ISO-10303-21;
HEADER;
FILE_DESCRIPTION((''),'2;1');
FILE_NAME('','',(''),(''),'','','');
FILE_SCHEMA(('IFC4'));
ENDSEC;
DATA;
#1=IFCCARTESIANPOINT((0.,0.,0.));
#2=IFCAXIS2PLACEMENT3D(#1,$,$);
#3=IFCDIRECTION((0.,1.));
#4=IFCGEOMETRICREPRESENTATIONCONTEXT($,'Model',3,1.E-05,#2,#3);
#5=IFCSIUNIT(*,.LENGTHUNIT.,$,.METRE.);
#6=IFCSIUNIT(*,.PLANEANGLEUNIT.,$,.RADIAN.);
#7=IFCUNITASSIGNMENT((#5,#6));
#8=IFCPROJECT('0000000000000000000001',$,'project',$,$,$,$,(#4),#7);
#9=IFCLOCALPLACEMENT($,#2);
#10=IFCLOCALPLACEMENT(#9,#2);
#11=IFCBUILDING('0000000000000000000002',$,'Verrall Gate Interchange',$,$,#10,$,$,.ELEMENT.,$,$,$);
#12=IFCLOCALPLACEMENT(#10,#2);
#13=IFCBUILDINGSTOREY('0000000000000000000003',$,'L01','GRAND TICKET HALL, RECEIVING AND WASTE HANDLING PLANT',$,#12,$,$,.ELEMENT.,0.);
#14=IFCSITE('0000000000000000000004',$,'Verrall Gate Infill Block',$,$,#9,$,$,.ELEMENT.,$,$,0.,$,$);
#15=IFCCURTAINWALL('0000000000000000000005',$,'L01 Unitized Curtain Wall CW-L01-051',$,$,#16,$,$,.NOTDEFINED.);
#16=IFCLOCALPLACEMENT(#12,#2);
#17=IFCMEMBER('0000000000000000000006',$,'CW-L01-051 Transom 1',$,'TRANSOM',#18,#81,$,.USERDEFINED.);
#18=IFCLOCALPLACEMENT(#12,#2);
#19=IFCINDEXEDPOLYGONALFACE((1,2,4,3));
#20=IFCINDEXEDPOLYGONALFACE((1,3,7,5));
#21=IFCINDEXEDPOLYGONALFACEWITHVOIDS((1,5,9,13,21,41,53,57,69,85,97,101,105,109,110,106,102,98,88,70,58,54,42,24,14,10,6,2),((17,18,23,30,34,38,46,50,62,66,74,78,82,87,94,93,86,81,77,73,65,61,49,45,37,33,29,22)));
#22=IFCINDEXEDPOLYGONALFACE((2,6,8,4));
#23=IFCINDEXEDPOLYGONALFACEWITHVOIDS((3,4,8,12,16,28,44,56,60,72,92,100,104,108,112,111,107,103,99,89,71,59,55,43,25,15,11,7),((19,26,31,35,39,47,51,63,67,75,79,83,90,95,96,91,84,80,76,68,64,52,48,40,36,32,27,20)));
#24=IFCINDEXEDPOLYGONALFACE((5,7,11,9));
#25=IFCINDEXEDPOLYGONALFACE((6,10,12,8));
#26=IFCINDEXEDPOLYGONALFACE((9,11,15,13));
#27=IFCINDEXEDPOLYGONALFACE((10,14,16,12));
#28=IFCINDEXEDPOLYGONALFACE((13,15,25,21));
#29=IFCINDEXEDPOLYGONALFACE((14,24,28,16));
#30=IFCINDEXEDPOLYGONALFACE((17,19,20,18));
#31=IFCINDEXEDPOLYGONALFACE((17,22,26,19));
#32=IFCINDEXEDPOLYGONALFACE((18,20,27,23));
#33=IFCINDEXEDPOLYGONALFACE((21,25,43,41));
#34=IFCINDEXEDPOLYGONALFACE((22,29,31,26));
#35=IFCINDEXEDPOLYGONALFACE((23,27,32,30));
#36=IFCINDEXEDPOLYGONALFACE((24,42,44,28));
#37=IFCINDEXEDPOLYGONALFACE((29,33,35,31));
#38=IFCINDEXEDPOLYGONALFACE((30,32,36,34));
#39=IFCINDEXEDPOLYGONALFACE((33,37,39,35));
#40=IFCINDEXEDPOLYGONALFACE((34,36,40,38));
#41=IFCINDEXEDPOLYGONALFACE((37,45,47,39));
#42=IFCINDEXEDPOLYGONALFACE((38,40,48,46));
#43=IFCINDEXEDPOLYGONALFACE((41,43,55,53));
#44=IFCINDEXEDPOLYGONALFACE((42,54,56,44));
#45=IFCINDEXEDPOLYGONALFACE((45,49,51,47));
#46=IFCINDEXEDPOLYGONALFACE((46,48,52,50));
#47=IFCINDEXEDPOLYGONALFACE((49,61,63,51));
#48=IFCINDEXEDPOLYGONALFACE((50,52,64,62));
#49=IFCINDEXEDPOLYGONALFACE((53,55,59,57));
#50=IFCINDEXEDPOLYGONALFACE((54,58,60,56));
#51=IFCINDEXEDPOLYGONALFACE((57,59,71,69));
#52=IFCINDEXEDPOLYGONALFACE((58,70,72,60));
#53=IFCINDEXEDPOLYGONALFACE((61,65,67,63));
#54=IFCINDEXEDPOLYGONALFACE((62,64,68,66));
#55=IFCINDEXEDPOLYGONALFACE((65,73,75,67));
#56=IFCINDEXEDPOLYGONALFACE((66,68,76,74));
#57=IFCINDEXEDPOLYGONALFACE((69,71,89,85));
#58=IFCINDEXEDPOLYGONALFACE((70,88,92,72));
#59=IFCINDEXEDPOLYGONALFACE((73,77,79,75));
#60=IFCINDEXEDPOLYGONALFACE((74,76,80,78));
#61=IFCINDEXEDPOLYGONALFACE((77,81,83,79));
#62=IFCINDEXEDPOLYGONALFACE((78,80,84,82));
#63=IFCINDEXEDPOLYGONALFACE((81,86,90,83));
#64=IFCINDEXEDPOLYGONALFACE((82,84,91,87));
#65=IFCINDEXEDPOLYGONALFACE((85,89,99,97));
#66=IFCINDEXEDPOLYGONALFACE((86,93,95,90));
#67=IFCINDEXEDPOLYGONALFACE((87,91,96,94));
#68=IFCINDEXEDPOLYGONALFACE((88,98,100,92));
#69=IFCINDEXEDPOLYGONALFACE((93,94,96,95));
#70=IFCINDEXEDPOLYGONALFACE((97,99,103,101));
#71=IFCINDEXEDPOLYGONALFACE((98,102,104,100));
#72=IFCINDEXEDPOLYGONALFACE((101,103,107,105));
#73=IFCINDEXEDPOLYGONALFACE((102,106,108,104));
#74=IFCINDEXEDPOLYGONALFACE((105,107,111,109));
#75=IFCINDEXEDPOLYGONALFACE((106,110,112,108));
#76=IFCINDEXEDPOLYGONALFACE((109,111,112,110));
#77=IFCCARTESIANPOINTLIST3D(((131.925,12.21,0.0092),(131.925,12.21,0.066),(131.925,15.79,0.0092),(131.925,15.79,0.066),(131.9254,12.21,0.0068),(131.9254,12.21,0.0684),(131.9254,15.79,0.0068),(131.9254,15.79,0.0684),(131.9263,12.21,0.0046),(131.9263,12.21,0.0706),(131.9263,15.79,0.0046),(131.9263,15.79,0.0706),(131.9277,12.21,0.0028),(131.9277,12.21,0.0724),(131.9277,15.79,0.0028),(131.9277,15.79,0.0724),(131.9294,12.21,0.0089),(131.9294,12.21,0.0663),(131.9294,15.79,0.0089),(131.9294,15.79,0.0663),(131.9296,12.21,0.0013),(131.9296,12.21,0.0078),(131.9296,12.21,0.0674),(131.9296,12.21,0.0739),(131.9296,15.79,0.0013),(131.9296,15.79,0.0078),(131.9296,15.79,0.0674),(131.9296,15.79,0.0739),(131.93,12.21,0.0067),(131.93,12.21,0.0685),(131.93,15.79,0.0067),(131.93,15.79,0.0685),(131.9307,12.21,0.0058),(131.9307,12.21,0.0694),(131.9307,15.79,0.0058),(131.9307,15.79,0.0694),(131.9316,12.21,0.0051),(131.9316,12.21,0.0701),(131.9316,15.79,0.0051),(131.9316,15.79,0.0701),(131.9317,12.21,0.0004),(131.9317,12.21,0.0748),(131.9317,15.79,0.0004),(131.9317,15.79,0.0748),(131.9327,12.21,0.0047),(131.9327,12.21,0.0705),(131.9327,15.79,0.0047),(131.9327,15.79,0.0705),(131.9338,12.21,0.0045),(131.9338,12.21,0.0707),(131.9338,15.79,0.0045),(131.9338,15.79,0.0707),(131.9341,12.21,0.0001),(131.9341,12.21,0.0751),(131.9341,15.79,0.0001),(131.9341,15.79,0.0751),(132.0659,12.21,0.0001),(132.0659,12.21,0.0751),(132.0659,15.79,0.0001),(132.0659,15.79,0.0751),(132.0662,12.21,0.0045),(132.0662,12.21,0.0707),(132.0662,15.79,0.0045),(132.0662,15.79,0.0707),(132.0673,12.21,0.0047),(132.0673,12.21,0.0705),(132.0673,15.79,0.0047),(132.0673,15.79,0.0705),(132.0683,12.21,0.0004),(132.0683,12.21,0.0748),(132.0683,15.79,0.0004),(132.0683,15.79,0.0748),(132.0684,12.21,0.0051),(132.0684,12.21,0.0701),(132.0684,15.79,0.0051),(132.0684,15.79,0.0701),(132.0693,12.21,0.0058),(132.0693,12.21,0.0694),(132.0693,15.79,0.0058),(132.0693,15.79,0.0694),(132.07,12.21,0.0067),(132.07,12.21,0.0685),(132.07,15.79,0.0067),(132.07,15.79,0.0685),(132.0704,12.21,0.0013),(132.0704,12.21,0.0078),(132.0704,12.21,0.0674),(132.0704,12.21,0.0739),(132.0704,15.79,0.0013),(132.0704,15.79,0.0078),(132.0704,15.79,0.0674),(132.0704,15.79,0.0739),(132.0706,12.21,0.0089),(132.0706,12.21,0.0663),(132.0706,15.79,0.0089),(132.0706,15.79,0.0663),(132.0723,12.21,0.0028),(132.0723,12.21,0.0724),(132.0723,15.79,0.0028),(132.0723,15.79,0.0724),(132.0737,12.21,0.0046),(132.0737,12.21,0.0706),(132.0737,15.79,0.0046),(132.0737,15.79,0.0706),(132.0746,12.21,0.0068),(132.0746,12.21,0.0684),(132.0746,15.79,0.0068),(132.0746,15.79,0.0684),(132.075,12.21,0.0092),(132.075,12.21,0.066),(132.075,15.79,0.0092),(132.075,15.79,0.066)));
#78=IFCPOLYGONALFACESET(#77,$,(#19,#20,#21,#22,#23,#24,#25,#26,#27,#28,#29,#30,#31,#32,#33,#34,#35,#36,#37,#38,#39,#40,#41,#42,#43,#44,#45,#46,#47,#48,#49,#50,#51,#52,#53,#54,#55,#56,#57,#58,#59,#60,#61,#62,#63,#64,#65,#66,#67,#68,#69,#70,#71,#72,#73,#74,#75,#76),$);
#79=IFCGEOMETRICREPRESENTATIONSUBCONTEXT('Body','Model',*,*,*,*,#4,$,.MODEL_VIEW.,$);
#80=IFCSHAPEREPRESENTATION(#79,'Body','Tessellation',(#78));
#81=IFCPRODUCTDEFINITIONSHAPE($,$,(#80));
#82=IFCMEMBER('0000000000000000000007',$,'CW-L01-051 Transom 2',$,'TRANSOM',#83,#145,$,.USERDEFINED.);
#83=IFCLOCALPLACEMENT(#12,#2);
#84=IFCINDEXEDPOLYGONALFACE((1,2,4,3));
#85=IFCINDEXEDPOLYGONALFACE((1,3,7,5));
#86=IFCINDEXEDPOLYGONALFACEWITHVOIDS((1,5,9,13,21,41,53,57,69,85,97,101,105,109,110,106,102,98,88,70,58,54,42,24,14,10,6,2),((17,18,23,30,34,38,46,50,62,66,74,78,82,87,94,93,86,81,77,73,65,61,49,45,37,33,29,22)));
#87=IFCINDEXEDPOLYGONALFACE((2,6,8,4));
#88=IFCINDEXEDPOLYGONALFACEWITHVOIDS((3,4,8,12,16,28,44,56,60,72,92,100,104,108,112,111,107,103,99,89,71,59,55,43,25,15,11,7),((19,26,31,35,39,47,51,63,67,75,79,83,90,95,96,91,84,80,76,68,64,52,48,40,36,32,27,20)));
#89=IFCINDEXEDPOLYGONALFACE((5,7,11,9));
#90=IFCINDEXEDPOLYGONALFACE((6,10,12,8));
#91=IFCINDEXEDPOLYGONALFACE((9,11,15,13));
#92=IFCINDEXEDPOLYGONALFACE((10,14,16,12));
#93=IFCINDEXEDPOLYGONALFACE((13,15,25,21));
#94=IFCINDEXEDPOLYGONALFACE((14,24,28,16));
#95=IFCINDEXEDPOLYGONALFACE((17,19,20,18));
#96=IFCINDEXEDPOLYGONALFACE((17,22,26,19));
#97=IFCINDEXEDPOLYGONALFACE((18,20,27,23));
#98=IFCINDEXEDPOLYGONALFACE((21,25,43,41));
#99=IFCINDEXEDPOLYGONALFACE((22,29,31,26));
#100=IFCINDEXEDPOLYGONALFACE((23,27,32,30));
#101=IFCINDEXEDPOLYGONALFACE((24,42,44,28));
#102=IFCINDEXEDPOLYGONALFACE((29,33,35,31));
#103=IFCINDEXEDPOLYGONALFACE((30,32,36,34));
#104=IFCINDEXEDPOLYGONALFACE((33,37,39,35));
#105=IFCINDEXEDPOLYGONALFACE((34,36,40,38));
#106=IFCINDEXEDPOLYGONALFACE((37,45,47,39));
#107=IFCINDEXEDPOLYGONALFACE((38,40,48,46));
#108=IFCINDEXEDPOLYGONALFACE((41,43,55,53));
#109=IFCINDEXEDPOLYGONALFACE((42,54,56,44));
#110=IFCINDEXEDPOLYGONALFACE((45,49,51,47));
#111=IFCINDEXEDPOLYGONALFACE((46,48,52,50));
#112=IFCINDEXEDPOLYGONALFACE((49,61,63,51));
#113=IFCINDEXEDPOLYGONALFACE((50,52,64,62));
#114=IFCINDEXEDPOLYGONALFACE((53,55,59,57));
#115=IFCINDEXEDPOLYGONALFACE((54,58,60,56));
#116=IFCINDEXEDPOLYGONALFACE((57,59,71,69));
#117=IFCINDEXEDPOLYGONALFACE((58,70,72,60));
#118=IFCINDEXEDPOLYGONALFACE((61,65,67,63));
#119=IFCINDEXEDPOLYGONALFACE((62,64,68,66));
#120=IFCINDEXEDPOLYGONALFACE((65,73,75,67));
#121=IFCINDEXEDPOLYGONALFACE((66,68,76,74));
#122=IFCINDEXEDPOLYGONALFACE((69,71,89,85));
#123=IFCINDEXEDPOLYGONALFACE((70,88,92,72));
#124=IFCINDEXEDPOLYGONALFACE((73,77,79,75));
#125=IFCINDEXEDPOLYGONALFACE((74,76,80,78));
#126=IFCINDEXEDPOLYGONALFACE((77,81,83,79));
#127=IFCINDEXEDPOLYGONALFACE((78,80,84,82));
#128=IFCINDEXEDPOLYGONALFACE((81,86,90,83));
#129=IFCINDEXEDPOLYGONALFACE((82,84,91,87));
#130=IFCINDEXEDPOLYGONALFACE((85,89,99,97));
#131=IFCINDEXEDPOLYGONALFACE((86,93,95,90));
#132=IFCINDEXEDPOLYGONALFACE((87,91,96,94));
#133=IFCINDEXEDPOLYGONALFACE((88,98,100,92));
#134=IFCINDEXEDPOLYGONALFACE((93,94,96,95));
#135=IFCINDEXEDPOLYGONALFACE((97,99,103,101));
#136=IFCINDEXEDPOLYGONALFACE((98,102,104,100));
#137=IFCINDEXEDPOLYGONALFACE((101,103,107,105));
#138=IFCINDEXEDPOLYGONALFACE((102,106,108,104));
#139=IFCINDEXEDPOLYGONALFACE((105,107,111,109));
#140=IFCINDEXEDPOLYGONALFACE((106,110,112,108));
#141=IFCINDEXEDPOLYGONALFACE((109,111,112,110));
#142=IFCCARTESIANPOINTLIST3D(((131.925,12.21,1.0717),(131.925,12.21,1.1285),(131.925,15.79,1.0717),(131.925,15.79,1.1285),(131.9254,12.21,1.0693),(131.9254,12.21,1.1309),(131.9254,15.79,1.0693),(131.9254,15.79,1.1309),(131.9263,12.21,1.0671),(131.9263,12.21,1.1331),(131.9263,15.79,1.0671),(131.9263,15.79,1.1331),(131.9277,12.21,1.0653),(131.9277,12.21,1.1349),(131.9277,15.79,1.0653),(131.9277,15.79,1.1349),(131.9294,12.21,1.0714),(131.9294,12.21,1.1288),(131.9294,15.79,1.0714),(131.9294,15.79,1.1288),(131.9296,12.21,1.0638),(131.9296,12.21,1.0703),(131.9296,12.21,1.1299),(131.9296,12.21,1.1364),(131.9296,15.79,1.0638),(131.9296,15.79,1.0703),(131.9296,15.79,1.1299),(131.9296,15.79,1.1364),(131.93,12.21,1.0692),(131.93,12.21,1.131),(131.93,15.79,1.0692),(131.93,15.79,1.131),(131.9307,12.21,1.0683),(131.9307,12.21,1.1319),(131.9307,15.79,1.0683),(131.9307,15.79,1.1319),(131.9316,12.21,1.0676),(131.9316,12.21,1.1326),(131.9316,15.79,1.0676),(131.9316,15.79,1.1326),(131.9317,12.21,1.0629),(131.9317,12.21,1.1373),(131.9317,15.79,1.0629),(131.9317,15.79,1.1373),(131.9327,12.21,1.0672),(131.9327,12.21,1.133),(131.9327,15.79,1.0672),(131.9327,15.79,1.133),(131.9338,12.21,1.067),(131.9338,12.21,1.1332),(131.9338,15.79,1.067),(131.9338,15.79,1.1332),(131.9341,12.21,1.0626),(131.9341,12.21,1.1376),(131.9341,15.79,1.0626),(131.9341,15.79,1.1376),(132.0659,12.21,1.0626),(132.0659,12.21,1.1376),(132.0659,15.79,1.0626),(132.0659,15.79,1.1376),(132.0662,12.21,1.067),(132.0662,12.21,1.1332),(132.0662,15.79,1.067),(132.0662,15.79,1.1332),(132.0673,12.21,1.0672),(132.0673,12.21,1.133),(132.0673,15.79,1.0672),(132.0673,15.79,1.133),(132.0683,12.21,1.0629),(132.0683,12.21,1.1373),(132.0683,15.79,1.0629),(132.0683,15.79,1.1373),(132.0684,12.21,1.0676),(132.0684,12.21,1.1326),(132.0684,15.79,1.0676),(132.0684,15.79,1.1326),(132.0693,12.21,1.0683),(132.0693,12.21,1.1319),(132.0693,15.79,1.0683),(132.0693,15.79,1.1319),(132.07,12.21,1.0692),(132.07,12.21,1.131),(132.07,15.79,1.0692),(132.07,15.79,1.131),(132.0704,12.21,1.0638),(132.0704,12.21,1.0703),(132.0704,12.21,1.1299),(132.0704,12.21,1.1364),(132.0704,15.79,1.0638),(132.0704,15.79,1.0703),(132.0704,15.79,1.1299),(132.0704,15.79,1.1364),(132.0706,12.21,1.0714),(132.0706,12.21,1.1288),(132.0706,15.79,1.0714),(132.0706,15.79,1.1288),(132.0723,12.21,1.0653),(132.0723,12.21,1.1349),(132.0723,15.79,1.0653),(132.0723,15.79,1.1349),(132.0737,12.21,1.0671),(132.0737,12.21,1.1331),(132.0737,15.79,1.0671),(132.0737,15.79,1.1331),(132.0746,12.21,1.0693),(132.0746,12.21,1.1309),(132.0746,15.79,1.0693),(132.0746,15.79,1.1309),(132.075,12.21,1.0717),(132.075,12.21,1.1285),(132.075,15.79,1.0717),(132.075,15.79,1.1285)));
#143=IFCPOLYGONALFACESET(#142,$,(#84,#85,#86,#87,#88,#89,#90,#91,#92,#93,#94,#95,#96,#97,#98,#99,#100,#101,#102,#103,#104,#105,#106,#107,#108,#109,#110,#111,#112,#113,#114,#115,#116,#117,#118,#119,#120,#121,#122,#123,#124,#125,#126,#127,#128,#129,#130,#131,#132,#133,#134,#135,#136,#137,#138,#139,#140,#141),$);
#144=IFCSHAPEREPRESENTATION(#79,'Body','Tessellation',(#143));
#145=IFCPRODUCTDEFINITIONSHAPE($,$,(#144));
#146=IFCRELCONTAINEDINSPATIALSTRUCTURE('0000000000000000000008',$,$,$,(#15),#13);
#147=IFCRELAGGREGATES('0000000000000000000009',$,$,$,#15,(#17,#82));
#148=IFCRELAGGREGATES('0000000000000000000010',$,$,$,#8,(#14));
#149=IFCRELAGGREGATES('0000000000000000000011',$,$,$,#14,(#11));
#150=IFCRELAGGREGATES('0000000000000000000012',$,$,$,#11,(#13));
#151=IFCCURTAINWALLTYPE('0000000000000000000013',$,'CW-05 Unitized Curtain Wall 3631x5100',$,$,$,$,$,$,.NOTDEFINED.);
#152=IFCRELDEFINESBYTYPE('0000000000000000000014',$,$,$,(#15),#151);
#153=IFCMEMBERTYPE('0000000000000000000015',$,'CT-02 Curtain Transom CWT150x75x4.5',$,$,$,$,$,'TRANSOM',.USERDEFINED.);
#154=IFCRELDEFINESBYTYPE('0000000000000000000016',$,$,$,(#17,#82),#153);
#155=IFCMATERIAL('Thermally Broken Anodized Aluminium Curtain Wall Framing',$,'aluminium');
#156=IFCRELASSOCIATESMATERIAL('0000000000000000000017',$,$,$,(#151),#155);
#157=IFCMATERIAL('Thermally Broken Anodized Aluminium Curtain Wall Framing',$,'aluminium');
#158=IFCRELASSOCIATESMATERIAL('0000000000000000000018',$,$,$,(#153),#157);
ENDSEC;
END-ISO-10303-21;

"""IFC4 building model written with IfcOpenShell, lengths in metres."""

from ifc_helpers import new_model, si_unit, direction, frame, origin, origin_2d, place, context, subcontext, project, spatial, hollow_rectangle, extrude, material, material_profile, profile_set, type_object, element, aggregate, save


model = new_model("IFC4")

# Units and contexts
model_context = context("Model", 3, precision=1e-05, world=origin(), true_north=direction((0.0, 1.0)))
body_context = subcontext(model_context, "Body", "Model", "MODEL_VIEW")
ifc_project = project(units=[si_unit("LENGTHUNIT", "METRE"), si_unit("PLANEANGLEUNIT", "RADIAN")], contexts=[model_context])

# Site, building, storey
site_placement = place(None, origin())
site = spatial("IfcSite", under=ifc_project, at=site_placement, Name="Verrall Gate Infill Block", CompositionType="ELEMENT", RefElevation=0.0)
building_placement = place(site_placement, origin())
building = spatial("IfcBuilding", under=site, at=building_placement, Name="Verrall Gate Interchange", CompositionType="ELEMENT")
storey_placement = place(building_placement, origin())
storey = spatial("IfcBuildingStorey", under=building, at=storey_placement, Name="L01", Description="GRAND TICKET HALL, RECEIVING AND WASTE HANDLING PLANT", CompositionType="ELEMENT", Elevation=0.0)

# Curtain wall, members
ifc_material_1 = material(Name="Thermally Broken Anodized Aluminium Curtain Wall Framing", Category="aluminium")
curtain_wall_type_1 = type_object("IfcCurtainWallType", Name="CW-05 Unitized Curtain Wall 3631x5100", PredefinedType="NOTDEFINED", material=ifc_material_1)
curtain_wall_1_placement = place(storey_placement, origin())
curtain_wall_1 = element("IfcCurtainWall", 1, at=curtain_wall_1_placement, inside=storey, type_object=curtain_wall_type_1, Name="L01 Unitized Curtain Wall CW-L01-051", PredefinedType="NOTDEFINED")
ifc_material_2 = material(Name="Thermally Broken Anodized Aluminium Curtain Wall Framing", Category="aluminium")
ifc_material_profile_1 = material_profile(ifc_material_2, hollow_rectangle(XDim=0.1499, YDim=0.075, WallThickness=0.0044, InnerFilletRadius=0.0044, OuterFilletRadius=0.009, at=origin_2d()), Name="CWT150x75x4.5")
ifc_profile_set_1 = profile_set([ifc_material_profile_1], Name="Thermally Broken Anodized Aluminium Curtain Wall Framing")
member_type_1 = type_object("IfcMemberType", Name="CT-02 Curtain Transom CWT150x75x4.5", ElementType="TRANSOM", PredefinedType="USERDEFINED", material=ifc_profile_set_1)
member_1_placement = place(storey_placement, frame((132.0, 15.79, 0.0376), z_axis=(0.0, -1.0, 0.0), x_axis=(1.0, 0.0, 0.0)))
member_1 = element("IfcMember", 2, at=member_1_placement, type_object=member_type_1, Name="CW-L01-051 Transom 1", ObjectType="TRANSOM", PredefinedType="USERDEFINED", context=body_context, shape_type="SweptSolid", body=[
    extrude(hollow_rectangle(XDim=0.1499, YDim=0.075, WallThickness=0.0044, InnerFilletRadius=0.0044, OuterFilletRadius=0.009, at=origin_2d()), origin(), (0.0, 0.0, 1.0), 3.5801),
])
member_2_placement = place(storey_placement, frame((132.0, 15.79, 1.1001), z_axis=(0.0, -1.0, 0.0), x_axis=(1.0, 0.0, 0.0)))
member_2 = element("IfcMember", 3, at=member_2_placement, type_object=member_type_1, Name="CW-L01-051 Transom 2", ObjectType="TRANSOM", PredefinedType="USERDEFINED", context=body_context, shape_type="SweptSolid", body=[
    extrude(hollow_rectangle(XDim=0.1499, YDim=0.075, WallThickness=0.0044, InnerFilletRadius=0.0044, OuterFilletRadius=0.009, at=origin_2d()), origin(), (0.0, 0.0, 1.0), 3.5801),
])

aggregate(curtain_wall_1, [member_1, member_2])

save(model, "model.ifc")
